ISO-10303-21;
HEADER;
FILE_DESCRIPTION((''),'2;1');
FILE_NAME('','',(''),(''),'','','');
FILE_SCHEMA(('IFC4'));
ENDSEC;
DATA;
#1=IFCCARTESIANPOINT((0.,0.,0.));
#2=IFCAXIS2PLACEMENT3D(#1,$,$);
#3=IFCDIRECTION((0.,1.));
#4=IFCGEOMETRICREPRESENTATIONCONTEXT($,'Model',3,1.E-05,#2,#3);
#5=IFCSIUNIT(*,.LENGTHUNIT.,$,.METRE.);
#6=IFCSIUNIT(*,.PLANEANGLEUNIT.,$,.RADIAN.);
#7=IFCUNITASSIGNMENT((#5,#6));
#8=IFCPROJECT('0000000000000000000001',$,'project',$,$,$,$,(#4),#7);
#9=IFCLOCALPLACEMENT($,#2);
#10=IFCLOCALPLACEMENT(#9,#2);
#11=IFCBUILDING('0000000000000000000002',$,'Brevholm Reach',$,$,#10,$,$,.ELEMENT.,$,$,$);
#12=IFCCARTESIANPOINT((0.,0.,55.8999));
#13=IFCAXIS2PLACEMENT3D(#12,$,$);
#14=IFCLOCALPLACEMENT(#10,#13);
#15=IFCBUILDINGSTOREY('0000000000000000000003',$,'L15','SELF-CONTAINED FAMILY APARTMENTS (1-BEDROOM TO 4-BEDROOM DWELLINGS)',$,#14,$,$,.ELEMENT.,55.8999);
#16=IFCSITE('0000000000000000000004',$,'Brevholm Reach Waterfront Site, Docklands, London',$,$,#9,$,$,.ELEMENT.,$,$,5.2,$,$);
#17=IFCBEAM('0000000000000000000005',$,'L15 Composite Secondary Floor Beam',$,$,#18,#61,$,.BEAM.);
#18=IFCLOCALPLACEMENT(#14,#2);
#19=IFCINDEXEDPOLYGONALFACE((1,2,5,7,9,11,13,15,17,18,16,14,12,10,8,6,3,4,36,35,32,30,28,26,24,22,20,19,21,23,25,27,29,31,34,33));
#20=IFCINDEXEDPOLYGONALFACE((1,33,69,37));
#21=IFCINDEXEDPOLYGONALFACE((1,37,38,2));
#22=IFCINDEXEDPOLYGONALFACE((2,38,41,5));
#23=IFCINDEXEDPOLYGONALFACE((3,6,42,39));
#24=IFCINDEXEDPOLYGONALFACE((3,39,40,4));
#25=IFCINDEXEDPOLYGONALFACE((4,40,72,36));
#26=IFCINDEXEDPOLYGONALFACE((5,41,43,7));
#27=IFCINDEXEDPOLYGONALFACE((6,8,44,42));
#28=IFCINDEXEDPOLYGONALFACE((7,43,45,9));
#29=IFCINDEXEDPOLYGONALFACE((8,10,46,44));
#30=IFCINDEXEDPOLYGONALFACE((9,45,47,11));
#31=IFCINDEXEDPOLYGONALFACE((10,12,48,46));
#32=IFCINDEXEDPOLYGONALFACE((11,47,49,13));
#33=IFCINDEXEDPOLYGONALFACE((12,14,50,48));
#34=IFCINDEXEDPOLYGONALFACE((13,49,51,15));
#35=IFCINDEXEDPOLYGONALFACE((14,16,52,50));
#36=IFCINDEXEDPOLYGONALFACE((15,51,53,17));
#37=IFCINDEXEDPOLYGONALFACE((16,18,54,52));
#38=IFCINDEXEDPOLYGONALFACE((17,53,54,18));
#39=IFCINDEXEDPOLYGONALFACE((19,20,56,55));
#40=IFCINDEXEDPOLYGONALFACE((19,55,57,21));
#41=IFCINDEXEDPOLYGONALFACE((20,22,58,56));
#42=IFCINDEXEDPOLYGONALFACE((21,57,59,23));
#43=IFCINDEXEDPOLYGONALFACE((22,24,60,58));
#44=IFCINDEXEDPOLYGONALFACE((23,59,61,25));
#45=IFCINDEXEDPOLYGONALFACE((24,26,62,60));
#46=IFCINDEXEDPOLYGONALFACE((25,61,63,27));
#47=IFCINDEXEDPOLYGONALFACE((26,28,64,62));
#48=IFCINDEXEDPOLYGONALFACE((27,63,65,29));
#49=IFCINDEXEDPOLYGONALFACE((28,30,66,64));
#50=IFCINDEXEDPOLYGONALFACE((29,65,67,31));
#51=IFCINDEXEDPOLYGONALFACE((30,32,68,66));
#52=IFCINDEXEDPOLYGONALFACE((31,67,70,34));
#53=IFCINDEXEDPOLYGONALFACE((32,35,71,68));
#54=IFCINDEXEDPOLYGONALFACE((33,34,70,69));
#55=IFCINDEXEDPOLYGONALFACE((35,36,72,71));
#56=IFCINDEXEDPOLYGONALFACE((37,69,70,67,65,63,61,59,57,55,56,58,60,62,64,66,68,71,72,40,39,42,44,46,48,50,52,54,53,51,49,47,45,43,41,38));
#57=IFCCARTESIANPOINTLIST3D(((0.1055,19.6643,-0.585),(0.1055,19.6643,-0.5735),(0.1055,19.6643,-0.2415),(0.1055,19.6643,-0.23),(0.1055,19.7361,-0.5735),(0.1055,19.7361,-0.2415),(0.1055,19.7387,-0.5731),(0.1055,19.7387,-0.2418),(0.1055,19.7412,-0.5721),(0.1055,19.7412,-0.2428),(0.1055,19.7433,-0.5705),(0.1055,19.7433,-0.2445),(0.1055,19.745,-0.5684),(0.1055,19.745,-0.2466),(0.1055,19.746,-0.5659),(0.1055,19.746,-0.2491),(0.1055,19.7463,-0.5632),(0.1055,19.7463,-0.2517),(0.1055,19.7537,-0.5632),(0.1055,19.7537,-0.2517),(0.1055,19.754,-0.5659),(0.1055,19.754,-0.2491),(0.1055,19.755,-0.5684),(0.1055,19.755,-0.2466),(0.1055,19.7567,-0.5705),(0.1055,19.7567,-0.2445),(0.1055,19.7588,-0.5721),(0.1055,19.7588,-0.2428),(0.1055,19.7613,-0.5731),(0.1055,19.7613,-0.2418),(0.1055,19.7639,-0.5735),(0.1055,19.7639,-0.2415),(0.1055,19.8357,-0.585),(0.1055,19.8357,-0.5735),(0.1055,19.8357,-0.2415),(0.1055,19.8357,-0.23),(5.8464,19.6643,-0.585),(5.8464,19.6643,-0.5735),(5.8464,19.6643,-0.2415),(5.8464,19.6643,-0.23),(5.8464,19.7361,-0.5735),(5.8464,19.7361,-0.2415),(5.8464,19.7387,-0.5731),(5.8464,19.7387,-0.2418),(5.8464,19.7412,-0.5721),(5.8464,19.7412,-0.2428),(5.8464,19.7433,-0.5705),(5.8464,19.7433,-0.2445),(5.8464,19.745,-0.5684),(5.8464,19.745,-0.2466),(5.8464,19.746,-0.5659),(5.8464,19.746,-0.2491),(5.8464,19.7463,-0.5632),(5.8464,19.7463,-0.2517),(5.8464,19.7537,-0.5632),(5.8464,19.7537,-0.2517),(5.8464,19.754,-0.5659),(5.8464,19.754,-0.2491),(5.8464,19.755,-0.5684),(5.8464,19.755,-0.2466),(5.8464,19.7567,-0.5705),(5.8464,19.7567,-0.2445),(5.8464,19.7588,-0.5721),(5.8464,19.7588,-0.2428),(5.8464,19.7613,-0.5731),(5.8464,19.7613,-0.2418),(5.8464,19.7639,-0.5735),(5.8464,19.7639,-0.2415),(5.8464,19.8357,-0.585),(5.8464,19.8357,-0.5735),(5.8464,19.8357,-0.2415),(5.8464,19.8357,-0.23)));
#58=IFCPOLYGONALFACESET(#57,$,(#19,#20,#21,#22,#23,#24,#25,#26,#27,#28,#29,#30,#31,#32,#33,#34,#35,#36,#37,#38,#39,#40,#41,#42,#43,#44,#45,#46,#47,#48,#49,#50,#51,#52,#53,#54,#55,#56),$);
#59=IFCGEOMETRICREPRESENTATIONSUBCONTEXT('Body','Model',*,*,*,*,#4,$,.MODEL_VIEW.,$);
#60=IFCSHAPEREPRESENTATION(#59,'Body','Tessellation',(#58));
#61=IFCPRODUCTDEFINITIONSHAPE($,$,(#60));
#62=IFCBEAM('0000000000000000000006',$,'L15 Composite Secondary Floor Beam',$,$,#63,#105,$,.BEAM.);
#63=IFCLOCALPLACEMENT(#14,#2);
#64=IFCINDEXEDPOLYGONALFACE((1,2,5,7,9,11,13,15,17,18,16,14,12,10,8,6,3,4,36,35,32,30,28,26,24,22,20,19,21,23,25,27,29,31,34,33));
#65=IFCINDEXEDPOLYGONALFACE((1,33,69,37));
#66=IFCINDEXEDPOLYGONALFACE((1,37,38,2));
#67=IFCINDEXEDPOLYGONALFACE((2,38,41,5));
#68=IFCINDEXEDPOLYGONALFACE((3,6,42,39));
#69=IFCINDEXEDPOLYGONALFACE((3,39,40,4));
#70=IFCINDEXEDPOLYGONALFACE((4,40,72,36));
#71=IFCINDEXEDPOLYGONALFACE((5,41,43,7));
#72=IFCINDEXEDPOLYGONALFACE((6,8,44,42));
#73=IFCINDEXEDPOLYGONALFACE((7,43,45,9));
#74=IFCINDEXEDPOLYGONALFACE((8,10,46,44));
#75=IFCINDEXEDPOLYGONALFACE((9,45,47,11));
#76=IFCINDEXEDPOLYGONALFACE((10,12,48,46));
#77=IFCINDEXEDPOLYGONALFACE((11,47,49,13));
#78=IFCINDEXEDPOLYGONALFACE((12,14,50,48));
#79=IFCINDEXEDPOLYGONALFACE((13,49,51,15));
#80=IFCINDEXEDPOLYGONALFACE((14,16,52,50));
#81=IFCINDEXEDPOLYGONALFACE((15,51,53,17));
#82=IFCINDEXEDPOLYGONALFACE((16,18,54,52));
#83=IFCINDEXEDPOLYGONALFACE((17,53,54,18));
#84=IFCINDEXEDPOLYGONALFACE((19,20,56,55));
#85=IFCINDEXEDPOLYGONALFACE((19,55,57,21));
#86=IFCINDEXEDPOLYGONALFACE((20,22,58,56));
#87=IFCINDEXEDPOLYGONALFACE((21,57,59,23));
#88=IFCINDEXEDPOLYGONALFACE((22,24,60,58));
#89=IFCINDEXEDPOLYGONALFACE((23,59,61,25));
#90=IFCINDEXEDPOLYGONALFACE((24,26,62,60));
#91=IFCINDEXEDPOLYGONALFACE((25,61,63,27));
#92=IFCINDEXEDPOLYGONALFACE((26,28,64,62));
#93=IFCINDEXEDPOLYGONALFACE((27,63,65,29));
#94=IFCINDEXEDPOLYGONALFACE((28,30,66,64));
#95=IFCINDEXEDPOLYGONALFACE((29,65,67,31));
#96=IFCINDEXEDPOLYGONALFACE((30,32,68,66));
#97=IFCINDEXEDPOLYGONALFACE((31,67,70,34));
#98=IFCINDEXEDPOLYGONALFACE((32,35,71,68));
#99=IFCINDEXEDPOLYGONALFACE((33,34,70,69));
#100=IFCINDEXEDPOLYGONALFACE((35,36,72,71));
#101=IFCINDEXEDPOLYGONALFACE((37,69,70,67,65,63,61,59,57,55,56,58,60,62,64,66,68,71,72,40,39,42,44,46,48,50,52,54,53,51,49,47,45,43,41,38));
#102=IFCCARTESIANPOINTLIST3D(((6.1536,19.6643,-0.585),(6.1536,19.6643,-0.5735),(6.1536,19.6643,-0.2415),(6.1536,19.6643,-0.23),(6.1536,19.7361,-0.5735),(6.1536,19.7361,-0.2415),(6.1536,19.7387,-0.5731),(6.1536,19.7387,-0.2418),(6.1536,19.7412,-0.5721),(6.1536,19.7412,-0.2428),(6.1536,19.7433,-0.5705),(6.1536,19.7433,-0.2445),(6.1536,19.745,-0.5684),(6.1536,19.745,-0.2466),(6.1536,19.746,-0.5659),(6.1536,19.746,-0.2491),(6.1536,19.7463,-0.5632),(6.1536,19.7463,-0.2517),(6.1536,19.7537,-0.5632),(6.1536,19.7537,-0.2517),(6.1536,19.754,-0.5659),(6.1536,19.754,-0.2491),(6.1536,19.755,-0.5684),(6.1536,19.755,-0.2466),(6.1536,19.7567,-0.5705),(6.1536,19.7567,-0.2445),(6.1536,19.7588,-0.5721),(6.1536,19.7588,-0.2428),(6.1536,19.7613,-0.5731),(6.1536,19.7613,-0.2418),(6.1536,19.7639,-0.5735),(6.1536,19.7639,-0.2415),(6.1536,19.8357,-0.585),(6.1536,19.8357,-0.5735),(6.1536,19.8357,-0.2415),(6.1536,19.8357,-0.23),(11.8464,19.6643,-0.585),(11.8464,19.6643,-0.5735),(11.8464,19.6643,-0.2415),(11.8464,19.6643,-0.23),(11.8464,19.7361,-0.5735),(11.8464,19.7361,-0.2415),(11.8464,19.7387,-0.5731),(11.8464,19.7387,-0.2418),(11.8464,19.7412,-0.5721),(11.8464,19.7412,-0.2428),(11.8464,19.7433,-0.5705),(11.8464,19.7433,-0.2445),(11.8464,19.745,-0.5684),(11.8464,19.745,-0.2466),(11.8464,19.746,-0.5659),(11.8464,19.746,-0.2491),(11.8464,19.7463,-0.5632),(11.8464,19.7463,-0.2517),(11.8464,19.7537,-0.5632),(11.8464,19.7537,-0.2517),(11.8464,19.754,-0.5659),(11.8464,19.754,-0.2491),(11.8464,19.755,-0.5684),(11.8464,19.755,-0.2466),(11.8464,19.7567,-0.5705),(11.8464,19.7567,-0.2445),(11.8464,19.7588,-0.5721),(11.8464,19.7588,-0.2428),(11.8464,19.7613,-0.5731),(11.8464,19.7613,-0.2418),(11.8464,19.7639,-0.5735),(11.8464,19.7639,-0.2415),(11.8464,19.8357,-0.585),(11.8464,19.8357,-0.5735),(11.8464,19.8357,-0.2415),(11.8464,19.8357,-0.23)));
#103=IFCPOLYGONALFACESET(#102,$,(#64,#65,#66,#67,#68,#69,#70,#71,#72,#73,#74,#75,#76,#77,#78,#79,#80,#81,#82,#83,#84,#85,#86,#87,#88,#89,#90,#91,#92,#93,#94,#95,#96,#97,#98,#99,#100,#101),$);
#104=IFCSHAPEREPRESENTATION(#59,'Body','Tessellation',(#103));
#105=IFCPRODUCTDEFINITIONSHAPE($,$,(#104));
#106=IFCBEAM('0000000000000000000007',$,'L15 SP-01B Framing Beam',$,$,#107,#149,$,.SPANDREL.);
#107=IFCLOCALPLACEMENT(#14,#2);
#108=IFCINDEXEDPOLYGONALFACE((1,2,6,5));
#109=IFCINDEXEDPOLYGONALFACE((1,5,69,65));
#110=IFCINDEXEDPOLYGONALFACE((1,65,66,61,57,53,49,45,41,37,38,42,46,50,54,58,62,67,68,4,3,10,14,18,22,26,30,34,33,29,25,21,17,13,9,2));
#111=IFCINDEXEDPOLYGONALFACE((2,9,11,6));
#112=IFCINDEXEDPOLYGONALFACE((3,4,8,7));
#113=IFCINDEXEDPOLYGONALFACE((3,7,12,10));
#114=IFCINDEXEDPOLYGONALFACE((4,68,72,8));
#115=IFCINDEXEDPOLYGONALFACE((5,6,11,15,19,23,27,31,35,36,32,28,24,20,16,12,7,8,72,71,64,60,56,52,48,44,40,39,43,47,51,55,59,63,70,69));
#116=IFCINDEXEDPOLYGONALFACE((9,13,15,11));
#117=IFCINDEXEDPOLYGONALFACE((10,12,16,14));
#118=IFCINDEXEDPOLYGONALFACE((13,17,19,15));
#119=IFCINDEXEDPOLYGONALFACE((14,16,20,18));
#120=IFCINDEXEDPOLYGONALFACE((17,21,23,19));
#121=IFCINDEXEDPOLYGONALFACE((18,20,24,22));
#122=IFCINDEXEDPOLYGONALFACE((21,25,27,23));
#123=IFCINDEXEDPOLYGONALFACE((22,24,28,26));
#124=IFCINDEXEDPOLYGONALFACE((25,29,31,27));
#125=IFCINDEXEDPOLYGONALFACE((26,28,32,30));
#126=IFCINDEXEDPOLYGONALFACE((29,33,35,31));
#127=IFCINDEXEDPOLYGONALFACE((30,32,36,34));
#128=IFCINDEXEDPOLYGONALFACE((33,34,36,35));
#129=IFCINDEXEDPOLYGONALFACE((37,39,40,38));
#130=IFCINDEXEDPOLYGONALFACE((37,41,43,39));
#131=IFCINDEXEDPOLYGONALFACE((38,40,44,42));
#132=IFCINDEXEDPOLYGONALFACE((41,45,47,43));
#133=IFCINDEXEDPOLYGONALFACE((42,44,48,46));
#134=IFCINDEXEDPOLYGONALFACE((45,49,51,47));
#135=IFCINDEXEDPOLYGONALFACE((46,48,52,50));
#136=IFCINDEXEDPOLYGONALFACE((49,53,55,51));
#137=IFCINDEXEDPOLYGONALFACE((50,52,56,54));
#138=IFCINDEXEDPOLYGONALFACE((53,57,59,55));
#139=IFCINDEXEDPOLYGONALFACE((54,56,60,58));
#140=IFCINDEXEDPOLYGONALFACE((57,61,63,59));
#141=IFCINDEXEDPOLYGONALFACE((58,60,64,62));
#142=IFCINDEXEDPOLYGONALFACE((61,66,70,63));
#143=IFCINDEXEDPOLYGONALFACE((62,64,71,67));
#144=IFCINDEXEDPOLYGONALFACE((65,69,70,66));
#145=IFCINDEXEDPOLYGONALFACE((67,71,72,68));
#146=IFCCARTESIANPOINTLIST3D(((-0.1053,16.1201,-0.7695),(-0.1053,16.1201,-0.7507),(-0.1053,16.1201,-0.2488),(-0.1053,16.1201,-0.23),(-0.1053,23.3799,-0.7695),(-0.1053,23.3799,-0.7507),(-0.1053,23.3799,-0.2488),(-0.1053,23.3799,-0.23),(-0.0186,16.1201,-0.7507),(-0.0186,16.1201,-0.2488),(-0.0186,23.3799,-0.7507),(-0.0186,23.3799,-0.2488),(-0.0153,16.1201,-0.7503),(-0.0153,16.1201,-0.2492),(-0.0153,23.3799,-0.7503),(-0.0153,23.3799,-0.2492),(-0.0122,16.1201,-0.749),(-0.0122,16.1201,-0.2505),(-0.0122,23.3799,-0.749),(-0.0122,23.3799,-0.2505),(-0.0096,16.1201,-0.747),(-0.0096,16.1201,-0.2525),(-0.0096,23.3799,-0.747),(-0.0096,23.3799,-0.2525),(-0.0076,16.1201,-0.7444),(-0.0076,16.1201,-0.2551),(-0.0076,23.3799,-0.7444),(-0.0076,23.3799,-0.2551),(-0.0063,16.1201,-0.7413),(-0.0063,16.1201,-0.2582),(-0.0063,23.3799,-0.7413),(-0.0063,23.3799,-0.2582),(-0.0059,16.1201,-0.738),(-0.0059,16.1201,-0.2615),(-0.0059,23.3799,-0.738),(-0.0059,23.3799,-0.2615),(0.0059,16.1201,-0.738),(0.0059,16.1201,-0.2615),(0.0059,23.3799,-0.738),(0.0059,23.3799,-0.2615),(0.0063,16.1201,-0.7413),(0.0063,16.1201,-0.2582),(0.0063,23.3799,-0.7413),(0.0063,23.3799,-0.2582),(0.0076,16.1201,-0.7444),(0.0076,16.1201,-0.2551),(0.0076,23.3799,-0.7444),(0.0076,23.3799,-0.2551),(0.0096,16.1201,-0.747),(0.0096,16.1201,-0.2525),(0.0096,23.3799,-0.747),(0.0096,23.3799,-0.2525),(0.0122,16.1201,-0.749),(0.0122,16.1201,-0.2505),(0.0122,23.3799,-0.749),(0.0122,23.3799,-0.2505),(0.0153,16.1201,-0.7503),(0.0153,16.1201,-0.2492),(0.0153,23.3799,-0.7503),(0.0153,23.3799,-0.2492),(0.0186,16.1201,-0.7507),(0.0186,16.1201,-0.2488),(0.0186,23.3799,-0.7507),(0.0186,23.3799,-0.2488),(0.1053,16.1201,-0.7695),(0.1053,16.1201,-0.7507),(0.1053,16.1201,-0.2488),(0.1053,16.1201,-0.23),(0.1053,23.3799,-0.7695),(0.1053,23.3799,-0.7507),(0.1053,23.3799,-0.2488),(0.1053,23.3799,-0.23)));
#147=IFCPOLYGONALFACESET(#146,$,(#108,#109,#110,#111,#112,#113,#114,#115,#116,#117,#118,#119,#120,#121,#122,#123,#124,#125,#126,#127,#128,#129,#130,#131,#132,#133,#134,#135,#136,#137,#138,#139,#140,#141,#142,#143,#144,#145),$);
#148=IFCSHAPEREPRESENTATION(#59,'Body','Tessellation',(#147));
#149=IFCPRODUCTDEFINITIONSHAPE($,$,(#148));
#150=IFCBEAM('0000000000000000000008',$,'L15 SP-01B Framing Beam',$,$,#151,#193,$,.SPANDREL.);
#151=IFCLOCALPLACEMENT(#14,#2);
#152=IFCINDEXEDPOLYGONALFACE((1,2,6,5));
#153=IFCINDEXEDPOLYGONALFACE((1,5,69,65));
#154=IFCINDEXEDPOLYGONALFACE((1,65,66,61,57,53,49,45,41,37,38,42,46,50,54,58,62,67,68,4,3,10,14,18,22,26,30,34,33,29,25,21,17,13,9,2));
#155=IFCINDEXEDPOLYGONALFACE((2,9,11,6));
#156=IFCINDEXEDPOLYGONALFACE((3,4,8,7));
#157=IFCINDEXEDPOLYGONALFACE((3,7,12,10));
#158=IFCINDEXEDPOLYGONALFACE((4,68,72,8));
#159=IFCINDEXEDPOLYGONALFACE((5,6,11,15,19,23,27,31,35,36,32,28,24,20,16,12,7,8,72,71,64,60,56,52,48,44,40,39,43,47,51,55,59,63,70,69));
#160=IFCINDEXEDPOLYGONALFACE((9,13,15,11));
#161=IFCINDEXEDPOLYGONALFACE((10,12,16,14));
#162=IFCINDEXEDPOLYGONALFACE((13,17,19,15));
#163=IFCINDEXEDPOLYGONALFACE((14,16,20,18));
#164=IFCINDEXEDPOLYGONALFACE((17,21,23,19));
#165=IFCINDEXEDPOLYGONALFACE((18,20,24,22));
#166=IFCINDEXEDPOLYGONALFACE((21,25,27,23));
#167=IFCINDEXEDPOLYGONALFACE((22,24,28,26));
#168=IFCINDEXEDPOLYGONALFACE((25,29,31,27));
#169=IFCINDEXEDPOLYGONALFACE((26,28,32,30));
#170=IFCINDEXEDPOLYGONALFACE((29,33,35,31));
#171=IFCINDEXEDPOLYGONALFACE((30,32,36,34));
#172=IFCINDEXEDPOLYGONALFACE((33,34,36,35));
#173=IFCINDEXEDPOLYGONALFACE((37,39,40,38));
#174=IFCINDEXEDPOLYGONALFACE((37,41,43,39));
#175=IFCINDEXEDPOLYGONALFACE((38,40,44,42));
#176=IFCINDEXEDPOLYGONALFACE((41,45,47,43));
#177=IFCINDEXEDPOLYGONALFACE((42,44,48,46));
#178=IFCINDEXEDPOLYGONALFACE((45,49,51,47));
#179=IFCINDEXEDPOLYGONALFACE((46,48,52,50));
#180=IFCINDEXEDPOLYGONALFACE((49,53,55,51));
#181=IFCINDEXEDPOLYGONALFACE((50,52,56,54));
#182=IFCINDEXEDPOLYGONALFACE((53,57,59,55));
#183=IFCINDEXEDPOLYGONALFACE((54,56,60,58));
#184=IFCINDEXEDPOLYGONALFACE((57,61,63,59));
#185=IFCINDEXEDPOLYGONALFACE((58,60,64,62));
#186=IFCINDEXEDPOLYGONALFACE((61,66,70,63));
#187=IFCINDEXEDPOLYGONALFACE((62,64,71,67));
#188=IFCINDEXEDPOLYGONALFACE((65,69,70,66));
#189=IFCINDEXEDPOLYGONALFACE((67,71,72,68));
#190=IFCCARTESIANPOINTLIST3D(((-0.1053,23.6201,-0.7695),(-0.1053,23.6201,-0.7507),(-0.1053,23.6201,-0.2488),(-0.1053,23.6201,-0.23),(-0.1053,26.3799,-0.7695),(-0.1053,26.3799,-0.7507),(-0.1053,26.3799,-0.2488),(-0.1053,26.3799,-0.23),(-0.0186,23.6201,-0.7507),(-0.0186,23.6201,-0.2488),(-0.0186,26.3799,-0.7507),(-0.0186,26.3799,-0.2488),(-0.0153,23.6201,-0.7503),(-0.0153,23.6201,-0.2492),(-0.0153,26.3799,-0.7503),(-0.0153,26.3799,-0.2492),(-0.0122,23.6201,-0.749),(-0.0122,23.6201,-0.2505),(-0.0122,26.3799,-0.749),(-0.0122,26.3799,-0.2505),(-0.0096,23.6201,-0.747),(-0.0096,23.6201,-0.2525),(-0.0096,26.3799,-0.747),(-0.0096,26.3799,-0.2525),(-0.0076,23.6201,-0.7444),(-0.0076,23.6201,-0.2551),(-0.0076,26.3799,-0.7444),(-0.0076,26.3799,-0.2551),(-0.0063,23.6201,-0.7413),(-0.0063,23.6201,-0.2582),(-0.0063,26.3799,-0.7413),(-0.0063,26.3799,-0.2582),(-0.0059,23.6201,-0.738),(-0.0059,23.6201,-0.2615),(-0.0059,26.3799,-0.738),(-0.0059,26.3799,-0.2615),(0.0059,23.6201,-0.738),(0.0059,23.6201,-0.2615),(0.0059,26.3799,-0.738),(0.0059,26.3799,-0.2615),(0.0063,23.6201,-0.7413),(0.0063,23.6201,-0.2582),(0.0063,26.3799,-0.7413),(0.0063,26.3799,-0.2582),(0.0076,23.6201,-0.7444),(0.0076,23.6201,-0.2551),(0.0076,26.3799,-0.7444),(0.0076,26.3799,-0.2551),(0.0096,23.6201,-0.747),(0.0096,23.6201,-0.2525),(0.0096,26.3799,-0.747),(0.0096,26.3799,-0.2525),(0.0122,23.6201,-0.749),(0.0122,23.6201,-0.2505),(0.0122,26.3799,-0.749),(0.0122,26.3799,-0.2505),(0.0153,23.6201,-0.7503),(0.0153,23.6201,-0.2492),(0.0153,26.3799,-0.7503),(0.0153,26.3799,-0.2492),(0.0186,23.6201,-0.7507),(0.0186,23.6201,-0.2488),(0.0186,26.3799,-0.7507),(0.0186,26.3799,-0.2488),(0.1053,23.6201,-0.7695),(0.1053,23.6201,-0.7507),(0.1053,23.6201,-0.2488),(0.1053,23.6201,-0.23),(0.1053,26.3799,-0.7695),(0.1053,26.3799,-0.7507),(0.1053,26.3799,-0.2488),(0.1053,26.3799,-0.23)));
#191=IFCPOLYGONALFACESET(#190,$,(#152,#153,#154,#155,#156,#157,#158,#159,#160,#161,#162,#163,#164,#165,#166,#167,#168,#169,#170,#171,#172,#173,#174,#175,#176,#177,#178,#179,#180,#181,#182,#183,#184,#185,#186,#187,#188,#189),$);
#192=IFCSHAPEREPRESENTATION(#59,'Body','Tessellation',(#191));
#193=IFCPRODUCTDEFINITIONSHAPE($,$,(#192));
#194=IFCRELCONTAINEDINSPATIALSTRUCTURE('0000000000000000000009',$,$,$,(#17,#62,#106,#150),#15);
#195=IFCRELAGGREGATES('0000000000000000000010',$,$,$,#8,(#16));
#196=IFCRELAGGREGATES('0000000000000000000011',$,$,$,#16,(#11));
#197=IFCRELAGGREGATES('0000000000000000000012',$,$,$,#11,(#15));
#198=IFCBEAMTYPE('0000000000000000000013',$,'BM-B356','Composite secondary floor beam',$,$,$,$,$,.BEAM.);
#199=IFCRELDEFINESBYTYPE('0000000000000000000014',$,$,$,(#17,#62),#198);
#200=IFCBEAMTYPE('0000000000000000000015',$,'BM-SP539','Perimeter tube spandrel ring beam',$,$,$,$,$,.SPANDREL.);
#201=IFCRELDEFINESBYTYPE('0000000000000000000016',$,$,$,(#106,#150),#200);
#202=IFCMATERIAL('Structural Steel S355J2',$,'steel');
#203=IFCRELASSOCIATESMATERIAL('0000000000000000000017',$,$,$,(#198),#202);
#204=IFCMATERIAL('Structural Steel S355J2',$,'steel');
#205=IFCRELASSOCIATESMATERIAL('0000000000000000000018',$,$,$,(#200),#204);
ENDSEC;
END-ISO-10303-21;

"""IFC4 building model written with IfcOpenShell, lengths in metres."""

from ifc_helpers import new_model, si_unit, direction, frame, origin, origin_2d, place, context, subcontext, project, spatial, i_section, extrude, material, material_profile, profile_set, type_object, element, save


model = new_model("IFC4")

# Units and contexts
model_context = context("Model", 3, precision=1e-05, world=origin(), true_north=direction((0.0, 1.0)))
body_context = subcontext(model_context, "Body", "Model", "MODEL_VIEW")
ifc_project = project(units=[si_unit("LENGTHUNIT", "METRE"), si_unit("PLANEANGLEUNIT", "RADIAN")], contexts=[model_context])

# Site, building, storey
site_placement = place(None, origin())
site = spatial("IfcSite", under=ifc_project, at=site_placement, Name="Brevholm Reach Waterfront Site, Docklands, London", CompositionType="ELEMENT", RefElevation=5.2)
building_placement = place(site_placement, origin())
building = spatial("IfcBuilding", under=site, at=building_placement, Name="Brevholm Reach", CompositionType="ELEMENT")
storey_placement = place(building_placement, frame((0.0, 0.0, 55.8999)))
storey = spatial("IfcBuildingStorey", under=building, at=storey_placement, Name="L15", Description="SELF-CONTAINED FAMILY APARTMENTS (1-BEDROOM TO 4-BEDROOM DWELLINGS)", CompositionType="ELEMENT", Elevation=55.8999)

# Beams
ifc_material_1 = material(Name="Structural Steel S355J2", Category="steel")
ifc_material_profile_1 = material_profile(ifc_material_1, i_section(OverallWidth=0.1714, OverallDepth=0.355, WebThickness=0.0073, FlangeThickness=0.0115, FilletRadius=0.0103, at=origin_2d()), Name="UKB 356x171x51")
ifc_profile_set_1 = profile_set([ifc_material_profile_1], Name="Structural Steel S355J2")
beam_type_1 = type_object("IfcBeamType", Name="BM-B356", Description="Composite secondary floor beam", PredefinedType="BEAM", material=ifc_profile_set_1)
beam_1_placement = place(storey_placement, frame((0.1055, 19.75, -0.4075), z_axis=(1.0, 0.0, 0.0), x_axis=(0.0, 1.0, 0.0)))
element("IfcBeam", 1, at=beam_1_placement, inside=storey, type_object=beam_type_1, Name="L15 Composite Secondary Floor Beam", PredefinedType="BEAM", context=body_context, shape_type="SweptSolid", body=[
    extrude(i_section(OverallWidth=0.1714, OverallDepth=0.355, WebThickness=0.0073, FlangeThickness=0.0115, FilletRadius=0.0103, at=origin_2d()), origin(), (0.0, 0.0, 1.0), 5.741),
])
beam_2_placement = place(storey_placement, frame((6.1536, 19.75, -0.4075), z_axis=(1.0, 0.0, 0.0), x_axis=(0.0, 1.0, 0.0)))
element("IfcBeam", 2, at=beam_2_placement, inside=storey, type_object=beam_type_1, Name="L15 Composite Secondary Floor Beam", PredefinedType="BEAM", context=body_context, shape_type="SweptSolid", body=[
    extrude(i_section(OverallWidth=0.1714, OverallDepth=0.355, WebThickness=0.0073, FlangeThickness=0.0115, FilletRadius=0.0103, at=origin_2d()), origin(), (0.0, 0.0, 1.0), 5.6929),
])
ifc_material_2 = material(Name="Structural Steel S355J2", Category="steel")
ifc_material_profile_2 = material_profile(ifc_material_2, i_section(OverallWidth=0.2107, OverallDepth=0.5396, WebThickness=0.0117, FlangeThickness=0.0188, FilletRadius=0.0127, at=origin_2d()), Name="UKB 533x210x109")
ifc_profile_set_2 = profile_set([ifc_material_profile_2], Name="Structural Steel S355J2")
beam_type_2 = type_object("IfcBeamType", Name="BM-SP539", Description="Perimeter tube spandrel ring beam", PredefinedType="SPANDREL", material=ifc_profile_set_2)
beam_3_placement = place(storey_placement, frame((0.0, 16.1201, -0.4998), z_axis=(0.0, 1.0, 0.0), x_axis=(-1.0, 0.0, 0.0)))
element("IfcBeam", 3, at=beam_3_placement, inside=storey, type_object=beam_type_2, Name="L15 SP-01B Framing Beam", PredefinedType="SPANDREL", context=body_context, shape_type="SweptSolid", body=[
    extrude(i_section(OverallWidth=0.2107, OverallDepth=0.5396, WebThickness=0.0117, FlangeThickness=0.0188, FilletRadius=0.0127, at=origin_2d()), origin(), (0.0, 0.0, 1.0), 7.2598),
])
beam_4_placement = place(storey_placement, frame((0.0, 23.6201, -0.4998), z_axis=(0.0, 1.0, 0.0), x_axis=(-1.0, 0.0, 0.0)))
element("IfcBeam", 4, at=beam_4_placement, inside=storey, type_object=beam_type_2, Name="L15 SP-01B Framing Beam", PredefinedType="SPANDREL", context=body_context, shape_type="SweptSolid", body=[
    extrude(i_section(OverallWidth=0.2107, OverallDepth=0.5396, WebThickness=0.0117, FlangeThickness=0.0188, FilletRadius=0.0127, at=origin_2d()), origin(), (0.0, 0.0, 1.0), 2.7598),
])

save(model, "model.ifc")
